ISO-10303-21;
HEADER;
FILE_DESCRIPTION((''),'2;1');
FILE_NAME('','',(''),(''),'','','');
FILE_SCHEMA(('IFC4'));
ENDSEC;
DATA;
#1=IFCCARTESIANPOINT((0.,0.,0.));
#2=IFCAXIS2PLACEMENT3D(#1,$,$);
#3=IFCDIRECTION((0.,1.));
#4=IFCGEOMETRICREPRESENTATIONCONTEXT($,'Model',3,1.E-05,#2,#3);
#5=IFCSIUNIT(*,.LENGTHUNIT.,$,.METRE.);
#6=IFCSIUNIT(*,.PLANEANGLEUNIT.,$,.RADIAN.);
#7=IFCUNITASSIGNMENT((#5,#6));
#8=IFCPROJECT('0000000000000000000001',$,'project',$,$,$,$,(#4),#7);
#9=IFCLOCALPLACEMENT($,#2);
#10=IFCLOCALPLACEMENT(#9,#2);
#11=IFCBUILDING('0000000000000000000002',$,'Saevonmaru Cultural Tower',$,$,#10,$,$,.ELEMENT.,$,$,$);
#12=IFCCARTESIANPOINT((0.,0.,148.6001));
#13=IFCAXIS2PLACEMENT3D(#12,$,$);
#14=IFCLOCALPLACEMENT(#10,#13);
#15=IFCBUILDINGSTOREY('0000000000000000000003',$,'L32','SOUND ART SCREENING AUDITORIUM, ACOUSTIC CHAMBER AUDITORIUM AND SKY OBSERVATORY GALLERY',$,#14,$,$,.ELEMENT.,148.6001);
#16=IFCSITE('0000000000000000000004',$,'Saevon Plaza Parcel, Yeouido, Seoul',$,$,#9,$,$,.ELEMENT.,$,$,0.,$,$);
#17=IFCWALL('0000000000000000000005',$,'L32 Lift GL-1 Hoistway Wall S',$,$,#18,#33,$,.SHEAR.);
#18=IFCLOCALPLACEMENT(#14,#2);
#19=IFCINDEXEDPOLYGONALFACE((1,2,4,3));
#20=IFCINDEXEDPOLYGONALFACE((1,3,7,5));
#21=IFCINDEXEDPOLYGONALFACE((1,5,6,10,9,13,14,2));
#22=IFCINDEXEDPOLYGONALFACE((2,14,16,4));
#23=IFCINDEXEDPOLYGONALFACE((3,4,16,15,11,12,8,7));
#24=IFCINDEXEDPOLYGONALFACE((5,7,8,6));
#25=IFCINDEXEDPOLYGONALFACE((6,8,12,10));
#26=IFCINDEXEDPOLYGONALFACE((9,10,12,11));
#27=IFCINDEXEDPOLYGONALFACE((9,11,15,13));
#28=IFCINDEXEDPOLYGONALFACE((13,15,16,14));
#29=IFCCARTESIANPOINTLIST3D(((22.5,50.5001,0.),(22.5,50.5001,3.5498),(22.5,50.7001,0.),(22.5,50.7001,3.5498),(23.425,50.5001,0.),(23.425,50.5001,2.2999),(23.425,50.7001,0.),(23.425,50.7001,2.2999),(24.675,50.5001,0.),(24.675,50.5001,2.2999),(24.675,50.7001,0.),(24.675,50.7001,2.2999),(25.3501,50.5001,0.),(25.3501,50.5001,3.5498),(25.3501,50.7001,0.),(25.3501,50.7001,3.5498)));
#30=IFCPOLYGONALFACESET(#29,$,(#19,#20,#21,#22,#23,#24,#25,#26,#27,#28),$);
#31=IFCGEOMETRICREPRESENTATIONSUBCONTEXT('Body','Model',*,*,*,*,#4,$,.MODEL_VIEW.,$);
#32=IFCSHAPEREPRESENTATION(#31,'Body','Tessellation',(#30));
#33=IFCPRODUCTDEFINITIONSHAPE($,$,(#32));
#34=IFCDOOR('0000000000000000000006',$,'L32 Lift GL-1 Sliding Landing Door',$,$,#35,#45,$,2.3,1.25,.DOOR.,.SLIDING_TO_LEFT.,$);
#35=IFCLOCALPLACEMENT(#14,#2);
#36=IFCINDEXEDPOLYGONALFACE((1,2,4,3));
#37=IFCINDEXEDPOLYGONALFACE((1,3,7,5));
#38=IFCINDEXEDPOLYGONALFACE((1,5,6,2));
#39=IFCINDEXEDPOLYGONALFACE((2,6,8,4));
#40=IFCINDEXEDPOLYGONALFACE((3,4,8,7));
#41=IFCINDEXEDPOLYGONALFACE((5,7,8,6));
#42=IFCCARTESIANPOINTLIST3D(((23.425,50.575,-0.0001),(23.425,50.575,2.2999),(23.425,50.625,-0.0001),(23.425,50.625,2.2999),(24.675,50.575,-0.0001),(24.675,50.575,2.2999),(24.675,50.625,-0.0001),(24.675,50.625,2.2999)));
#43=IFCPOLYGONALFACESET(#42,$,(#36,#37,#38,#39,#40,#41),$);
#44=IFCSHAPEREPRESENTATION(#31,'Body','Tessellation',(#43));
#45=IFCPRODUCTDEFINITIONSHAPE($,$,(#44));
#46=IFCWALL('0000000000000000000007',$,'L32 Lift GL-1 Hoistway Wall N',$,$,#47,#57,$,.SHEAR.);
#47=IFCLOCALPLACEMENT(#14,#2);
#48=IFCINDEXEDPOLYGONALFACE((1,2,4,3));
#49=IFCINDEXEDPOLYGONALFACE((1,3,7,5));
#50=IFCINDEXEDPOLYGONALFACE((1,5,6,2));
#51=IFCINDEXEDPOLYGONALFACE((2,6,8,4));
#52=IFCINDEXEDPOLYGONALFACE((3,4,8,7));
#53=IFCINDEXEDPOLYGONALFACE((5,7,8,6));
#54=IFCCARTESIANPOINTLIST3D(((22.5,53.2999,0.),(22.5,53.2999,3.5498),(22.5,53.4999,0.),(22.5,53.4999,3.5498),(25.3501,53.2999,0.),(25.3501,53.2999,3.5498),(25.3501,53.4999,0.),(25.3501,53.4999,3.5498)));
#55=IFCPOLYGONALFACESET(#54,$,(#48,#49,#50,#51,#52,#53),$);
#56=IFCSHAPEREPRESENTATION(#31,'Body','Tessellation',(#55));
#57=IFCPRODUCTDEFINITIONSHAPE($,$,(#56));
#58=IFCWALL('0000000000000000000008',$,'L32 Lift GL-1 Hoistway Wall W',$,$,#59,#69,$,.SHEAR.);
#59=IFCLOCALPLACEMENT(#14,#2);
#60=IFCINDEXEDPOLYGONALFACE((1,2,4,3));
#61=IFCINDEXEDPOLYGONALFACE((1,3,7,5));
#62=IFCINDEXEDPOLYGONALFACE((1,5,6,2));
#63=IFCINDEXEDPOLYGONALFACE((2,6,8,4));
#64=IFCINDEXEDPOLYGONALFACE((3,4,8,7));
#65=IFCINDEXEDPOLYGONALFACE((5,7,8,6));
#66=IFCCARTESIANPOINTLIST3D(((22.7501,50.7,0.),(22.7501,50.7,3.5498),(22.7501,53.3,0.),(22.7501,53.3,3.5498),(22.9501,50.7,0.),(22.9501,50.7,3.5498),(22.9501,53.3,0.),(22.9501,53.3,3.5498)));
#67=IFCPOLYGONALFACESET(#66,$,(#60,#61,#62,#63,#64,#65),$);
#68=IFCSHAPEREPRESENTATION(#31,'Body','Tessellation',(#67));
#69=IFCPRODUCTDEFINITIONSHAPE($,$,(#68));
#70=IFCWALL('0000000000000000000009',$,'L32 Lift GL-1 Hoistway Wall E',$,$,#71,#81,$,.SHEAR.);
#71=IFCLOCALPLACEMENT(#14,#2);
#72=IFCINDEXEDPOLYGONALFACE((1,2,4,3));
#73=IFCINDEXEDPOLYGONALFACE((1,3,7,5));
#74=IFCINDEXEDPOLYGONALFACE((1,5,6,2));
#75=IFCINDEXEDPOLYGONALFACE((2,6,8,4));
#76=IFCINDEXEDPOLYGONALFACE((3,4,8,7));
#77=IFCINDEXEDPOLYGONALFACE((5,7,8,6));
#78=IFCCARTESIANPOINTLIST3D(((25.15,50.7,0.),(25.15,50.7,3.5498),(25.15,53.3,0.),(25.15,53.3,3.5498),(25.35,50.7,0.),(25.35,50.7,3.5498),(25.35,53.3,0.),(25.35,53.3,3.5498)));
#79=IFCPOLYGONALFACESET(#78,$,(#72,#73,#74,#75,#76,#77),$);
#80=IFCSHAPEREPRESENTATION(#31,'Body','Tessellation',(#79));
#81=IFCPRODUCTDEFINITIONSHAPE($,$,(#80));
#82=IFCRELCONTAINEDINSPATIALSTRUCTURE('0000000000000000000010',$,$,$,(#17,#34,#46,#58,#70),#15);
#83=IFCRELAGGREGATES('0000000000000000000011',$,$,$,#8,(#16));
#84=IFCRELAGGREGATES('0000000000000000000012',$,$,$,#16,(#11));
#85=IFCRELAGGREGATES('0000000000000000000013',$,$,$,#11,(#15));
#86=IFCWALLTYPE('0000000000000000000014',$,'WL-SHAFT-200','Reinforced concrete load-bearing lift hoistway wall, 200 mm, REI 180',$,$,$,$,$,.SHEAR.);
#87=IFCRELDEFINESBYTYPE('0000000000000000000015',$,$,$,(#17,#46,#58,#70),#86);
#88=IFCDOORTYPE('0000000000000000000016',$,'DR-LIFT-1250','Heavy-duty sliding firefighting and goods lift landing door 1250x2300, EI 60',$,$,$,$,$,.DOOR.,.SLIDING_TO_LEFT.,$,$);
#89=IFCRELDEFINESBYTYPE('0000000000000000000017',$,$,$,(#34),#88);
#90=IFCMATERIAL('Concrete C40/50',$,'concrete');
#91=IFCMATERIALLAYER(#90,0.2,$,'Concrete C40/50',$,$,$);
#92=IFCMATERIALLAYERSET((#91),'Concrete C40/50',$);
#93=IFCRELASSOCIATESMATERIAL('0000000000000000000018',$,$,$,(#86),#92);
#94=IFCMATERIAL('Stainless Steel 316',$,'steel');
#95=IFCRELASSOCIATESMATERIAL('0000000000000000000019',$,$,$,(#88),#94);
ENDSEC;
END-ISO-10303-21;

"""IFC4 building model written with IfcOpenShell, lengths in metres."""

from ifc_helpers import new_model, si_unit, direction, frame, frame_2d, origin, place, context, subcontext, project, spatial, rectangle, extrude, material, layer, layer_set, type_object, element, fill, save


model = new_model("IFC4")

# Units and contexts
model_context = context("Model", 3, precision=1e-05, world=origin(), true_north=direction((0.0, 1.0)))
body_context = subcontext(model_context, "Body", "Model", "MODEL_VIEW")
ifc_project = project(units=[si_unit("LENGTHUNIT", "METRE"), si_unit("PLANEANGLEUNIT", "RADIAN")], contexts=[model_context])

# Site, building, storey
site_placement = place(None, origin())
site = spatial("IfcSite", under=ifc_project, at=site_placement, Name="Saevon Plaza Parcel, Yeouido, Seoul", CompositionType="ELEMENT", RefElevation=0.0)
building_placement = place(site_placement, origin())
building = spatial("IfcBuilding", under=site, at=building_placement, Name="Saevonmaru Cultural Tower", CompositionType="ELEMENT")
storey_placement = place(building_placement, frame((0.0, 0.0, 148.6001)))
storey = spatial("IfcBuildingStorey", under=building, at=storey_placement, Name="L32", Description="SOUND ART SCREENING AUDITORIUM, ACOUSTIC CHAMBER AUDITORIUM AND SKY OBSERVATORY GALLERY", CompositionType="ELEMENT", Elevation=148.6001)

# Shared definitions
ifc_material_1 = material(Name="Concrete C40/50", Category="concrete")
ifc_layer_1 = layer(ifc_material_1, 0.2, Name="Concrete C40/50")
ifc_layer_set_1 = layer_set([ifc_layer_1], Name="Concrete C40/50")
wall_type_1 = type_object("IfcWallType", Name="WL-SHAFT-200", Description="Reinforced concrete load-bearing lift hoistway wall, 200 mm, REI 180", PredefinedType="SHEAR", material=ifc_layer_set_1)

# Wall, opening, door
wall_1_placement = place(storey_placement, frame((22.5, 50.6001, 0.0), z_axis=(0.0, 0.0, 1.0), x_axis=(1.0, 0.0, 0.0)))
wall_1 = element("IfcWall", 1, at=wall_1_placement, inside=storey, type_object=wall_type_1, Name="L32 Lift GL-1 Hoistway Wall S", PredefinedType="SHEAR", context=body_context, shape_type="SweptSolid", body=[
    extrude(rectangle(XDim=2.8501, YDim=0.2, at=frame_2d((1.425, 0.0))), origin(), (0.0, 0.0, 1.0), 3.5498),
])
opening_placement = place(wall_1_placement, frame((0.925, 0.0, 0.0)))
opening = element("IfcOpeningElement", 2, at=opening_placement, cuts=wall_1, PredefinedType="OPENING", context=body_context, shape_type="SweptSolid", body=[
    extrude(rectangle(XDim=1.25, YDim=2.3, at=frame_2d((0.625, 1.1499))), frame((0.0, 0.1099, 0.0), z_axis=(0.0, -1.0, 0.0), x_axis=(1.0, 0.0, 0.0)), (0.0, 0.0, 1.0), 0.22),
])
ifc_material_2 = material(Name="Stainless Steel 316", Category="steel")
door_type = type_object("IfcDoorType", Name="DR-LIFT-1250", Description="Heavy-duty sliding firefighting and goods lift landing door 1250x2300, EI 60", OperationType="SLIDING_TO_LEFT", PredefinedType="DOOR", material=ifc_material_2)
door_placement = place(opening_placement, origin())
door = element("IfcDoor", 3, at=door_placement, inside=storey, type_object=door_type, Name="L32 Lift GL-1 Sliding Landing Door", OperationType="SLIDING_TO_LEFT", OverallHeight=2.3, OverallWidth=1.25, PredefinedType="DOOR", context=body_context, shape_type="SweptSolid", body=[
    extrude(rectangle(XDim=1.25, YDim=2.3, at=frame_2d((0.625, 1.1499))), frame((0.0, 0.0249, 0.0), z_axis=(0.0, -1.0, 0.0), x_axis=(1.0, 0.0, 0.0)), (0.0, 0.0, 1.0), 0.05),
])
fill(opening, door)

# Walls
wall_2_placement = place(storey_placement, frame((22.5, 53.3999, 0.0), z_axis=(0.0, 0.0, 1.0), x_axis=(1.0, 0.0, 0.0)))
element("IfcWall", 4, at=wall_2_placement, inside=storey, type_object=wall_type_1, Name="L32 Lift GL-1 Hoistway Wall N", PredefinedType="SHEAR", context=body_context, shape_type="SweptSolid", body=[
    extrude(rectangle(XDim=2.8501, YDim=0.2, at=frame_2d((1.425, 0.0))), origin(), (0.0, 0.0, 1.0), 3.5498),
])
for number, where, z_axis, x_axis, name in (
    (5, (22.8501, 50.7, 0.0), (0.0, 0.0, 1.0), (0.0, 1.0, 0.0), "L32 Lift GL-1 Hoistway Wall W"),
    (6, (25.25, 50.7, 0.0), (0.0, 0.0, 1.0), (0.0, 1.0, 0.0), "L32 Lift GL-1 Hoistway Wall E"),
):
    element("IfcWall", number, at=place(storey_placement, frame(where, z_axis=z_axis, x_axis=x_axis)), inside=storey, type_object=wall_type_1, Name=name, PredefinedType="SHEAR", context=body_context, shape_type="SweptSolid", body=[
        extrude(rectangle(XDim=2.6001, YDim=0.2, at=frame_2d((1.3, 0.0))), origin(), (0.0, 0.0, 1.0), 3.5498),
    ])

save(model, "model.ifc")
